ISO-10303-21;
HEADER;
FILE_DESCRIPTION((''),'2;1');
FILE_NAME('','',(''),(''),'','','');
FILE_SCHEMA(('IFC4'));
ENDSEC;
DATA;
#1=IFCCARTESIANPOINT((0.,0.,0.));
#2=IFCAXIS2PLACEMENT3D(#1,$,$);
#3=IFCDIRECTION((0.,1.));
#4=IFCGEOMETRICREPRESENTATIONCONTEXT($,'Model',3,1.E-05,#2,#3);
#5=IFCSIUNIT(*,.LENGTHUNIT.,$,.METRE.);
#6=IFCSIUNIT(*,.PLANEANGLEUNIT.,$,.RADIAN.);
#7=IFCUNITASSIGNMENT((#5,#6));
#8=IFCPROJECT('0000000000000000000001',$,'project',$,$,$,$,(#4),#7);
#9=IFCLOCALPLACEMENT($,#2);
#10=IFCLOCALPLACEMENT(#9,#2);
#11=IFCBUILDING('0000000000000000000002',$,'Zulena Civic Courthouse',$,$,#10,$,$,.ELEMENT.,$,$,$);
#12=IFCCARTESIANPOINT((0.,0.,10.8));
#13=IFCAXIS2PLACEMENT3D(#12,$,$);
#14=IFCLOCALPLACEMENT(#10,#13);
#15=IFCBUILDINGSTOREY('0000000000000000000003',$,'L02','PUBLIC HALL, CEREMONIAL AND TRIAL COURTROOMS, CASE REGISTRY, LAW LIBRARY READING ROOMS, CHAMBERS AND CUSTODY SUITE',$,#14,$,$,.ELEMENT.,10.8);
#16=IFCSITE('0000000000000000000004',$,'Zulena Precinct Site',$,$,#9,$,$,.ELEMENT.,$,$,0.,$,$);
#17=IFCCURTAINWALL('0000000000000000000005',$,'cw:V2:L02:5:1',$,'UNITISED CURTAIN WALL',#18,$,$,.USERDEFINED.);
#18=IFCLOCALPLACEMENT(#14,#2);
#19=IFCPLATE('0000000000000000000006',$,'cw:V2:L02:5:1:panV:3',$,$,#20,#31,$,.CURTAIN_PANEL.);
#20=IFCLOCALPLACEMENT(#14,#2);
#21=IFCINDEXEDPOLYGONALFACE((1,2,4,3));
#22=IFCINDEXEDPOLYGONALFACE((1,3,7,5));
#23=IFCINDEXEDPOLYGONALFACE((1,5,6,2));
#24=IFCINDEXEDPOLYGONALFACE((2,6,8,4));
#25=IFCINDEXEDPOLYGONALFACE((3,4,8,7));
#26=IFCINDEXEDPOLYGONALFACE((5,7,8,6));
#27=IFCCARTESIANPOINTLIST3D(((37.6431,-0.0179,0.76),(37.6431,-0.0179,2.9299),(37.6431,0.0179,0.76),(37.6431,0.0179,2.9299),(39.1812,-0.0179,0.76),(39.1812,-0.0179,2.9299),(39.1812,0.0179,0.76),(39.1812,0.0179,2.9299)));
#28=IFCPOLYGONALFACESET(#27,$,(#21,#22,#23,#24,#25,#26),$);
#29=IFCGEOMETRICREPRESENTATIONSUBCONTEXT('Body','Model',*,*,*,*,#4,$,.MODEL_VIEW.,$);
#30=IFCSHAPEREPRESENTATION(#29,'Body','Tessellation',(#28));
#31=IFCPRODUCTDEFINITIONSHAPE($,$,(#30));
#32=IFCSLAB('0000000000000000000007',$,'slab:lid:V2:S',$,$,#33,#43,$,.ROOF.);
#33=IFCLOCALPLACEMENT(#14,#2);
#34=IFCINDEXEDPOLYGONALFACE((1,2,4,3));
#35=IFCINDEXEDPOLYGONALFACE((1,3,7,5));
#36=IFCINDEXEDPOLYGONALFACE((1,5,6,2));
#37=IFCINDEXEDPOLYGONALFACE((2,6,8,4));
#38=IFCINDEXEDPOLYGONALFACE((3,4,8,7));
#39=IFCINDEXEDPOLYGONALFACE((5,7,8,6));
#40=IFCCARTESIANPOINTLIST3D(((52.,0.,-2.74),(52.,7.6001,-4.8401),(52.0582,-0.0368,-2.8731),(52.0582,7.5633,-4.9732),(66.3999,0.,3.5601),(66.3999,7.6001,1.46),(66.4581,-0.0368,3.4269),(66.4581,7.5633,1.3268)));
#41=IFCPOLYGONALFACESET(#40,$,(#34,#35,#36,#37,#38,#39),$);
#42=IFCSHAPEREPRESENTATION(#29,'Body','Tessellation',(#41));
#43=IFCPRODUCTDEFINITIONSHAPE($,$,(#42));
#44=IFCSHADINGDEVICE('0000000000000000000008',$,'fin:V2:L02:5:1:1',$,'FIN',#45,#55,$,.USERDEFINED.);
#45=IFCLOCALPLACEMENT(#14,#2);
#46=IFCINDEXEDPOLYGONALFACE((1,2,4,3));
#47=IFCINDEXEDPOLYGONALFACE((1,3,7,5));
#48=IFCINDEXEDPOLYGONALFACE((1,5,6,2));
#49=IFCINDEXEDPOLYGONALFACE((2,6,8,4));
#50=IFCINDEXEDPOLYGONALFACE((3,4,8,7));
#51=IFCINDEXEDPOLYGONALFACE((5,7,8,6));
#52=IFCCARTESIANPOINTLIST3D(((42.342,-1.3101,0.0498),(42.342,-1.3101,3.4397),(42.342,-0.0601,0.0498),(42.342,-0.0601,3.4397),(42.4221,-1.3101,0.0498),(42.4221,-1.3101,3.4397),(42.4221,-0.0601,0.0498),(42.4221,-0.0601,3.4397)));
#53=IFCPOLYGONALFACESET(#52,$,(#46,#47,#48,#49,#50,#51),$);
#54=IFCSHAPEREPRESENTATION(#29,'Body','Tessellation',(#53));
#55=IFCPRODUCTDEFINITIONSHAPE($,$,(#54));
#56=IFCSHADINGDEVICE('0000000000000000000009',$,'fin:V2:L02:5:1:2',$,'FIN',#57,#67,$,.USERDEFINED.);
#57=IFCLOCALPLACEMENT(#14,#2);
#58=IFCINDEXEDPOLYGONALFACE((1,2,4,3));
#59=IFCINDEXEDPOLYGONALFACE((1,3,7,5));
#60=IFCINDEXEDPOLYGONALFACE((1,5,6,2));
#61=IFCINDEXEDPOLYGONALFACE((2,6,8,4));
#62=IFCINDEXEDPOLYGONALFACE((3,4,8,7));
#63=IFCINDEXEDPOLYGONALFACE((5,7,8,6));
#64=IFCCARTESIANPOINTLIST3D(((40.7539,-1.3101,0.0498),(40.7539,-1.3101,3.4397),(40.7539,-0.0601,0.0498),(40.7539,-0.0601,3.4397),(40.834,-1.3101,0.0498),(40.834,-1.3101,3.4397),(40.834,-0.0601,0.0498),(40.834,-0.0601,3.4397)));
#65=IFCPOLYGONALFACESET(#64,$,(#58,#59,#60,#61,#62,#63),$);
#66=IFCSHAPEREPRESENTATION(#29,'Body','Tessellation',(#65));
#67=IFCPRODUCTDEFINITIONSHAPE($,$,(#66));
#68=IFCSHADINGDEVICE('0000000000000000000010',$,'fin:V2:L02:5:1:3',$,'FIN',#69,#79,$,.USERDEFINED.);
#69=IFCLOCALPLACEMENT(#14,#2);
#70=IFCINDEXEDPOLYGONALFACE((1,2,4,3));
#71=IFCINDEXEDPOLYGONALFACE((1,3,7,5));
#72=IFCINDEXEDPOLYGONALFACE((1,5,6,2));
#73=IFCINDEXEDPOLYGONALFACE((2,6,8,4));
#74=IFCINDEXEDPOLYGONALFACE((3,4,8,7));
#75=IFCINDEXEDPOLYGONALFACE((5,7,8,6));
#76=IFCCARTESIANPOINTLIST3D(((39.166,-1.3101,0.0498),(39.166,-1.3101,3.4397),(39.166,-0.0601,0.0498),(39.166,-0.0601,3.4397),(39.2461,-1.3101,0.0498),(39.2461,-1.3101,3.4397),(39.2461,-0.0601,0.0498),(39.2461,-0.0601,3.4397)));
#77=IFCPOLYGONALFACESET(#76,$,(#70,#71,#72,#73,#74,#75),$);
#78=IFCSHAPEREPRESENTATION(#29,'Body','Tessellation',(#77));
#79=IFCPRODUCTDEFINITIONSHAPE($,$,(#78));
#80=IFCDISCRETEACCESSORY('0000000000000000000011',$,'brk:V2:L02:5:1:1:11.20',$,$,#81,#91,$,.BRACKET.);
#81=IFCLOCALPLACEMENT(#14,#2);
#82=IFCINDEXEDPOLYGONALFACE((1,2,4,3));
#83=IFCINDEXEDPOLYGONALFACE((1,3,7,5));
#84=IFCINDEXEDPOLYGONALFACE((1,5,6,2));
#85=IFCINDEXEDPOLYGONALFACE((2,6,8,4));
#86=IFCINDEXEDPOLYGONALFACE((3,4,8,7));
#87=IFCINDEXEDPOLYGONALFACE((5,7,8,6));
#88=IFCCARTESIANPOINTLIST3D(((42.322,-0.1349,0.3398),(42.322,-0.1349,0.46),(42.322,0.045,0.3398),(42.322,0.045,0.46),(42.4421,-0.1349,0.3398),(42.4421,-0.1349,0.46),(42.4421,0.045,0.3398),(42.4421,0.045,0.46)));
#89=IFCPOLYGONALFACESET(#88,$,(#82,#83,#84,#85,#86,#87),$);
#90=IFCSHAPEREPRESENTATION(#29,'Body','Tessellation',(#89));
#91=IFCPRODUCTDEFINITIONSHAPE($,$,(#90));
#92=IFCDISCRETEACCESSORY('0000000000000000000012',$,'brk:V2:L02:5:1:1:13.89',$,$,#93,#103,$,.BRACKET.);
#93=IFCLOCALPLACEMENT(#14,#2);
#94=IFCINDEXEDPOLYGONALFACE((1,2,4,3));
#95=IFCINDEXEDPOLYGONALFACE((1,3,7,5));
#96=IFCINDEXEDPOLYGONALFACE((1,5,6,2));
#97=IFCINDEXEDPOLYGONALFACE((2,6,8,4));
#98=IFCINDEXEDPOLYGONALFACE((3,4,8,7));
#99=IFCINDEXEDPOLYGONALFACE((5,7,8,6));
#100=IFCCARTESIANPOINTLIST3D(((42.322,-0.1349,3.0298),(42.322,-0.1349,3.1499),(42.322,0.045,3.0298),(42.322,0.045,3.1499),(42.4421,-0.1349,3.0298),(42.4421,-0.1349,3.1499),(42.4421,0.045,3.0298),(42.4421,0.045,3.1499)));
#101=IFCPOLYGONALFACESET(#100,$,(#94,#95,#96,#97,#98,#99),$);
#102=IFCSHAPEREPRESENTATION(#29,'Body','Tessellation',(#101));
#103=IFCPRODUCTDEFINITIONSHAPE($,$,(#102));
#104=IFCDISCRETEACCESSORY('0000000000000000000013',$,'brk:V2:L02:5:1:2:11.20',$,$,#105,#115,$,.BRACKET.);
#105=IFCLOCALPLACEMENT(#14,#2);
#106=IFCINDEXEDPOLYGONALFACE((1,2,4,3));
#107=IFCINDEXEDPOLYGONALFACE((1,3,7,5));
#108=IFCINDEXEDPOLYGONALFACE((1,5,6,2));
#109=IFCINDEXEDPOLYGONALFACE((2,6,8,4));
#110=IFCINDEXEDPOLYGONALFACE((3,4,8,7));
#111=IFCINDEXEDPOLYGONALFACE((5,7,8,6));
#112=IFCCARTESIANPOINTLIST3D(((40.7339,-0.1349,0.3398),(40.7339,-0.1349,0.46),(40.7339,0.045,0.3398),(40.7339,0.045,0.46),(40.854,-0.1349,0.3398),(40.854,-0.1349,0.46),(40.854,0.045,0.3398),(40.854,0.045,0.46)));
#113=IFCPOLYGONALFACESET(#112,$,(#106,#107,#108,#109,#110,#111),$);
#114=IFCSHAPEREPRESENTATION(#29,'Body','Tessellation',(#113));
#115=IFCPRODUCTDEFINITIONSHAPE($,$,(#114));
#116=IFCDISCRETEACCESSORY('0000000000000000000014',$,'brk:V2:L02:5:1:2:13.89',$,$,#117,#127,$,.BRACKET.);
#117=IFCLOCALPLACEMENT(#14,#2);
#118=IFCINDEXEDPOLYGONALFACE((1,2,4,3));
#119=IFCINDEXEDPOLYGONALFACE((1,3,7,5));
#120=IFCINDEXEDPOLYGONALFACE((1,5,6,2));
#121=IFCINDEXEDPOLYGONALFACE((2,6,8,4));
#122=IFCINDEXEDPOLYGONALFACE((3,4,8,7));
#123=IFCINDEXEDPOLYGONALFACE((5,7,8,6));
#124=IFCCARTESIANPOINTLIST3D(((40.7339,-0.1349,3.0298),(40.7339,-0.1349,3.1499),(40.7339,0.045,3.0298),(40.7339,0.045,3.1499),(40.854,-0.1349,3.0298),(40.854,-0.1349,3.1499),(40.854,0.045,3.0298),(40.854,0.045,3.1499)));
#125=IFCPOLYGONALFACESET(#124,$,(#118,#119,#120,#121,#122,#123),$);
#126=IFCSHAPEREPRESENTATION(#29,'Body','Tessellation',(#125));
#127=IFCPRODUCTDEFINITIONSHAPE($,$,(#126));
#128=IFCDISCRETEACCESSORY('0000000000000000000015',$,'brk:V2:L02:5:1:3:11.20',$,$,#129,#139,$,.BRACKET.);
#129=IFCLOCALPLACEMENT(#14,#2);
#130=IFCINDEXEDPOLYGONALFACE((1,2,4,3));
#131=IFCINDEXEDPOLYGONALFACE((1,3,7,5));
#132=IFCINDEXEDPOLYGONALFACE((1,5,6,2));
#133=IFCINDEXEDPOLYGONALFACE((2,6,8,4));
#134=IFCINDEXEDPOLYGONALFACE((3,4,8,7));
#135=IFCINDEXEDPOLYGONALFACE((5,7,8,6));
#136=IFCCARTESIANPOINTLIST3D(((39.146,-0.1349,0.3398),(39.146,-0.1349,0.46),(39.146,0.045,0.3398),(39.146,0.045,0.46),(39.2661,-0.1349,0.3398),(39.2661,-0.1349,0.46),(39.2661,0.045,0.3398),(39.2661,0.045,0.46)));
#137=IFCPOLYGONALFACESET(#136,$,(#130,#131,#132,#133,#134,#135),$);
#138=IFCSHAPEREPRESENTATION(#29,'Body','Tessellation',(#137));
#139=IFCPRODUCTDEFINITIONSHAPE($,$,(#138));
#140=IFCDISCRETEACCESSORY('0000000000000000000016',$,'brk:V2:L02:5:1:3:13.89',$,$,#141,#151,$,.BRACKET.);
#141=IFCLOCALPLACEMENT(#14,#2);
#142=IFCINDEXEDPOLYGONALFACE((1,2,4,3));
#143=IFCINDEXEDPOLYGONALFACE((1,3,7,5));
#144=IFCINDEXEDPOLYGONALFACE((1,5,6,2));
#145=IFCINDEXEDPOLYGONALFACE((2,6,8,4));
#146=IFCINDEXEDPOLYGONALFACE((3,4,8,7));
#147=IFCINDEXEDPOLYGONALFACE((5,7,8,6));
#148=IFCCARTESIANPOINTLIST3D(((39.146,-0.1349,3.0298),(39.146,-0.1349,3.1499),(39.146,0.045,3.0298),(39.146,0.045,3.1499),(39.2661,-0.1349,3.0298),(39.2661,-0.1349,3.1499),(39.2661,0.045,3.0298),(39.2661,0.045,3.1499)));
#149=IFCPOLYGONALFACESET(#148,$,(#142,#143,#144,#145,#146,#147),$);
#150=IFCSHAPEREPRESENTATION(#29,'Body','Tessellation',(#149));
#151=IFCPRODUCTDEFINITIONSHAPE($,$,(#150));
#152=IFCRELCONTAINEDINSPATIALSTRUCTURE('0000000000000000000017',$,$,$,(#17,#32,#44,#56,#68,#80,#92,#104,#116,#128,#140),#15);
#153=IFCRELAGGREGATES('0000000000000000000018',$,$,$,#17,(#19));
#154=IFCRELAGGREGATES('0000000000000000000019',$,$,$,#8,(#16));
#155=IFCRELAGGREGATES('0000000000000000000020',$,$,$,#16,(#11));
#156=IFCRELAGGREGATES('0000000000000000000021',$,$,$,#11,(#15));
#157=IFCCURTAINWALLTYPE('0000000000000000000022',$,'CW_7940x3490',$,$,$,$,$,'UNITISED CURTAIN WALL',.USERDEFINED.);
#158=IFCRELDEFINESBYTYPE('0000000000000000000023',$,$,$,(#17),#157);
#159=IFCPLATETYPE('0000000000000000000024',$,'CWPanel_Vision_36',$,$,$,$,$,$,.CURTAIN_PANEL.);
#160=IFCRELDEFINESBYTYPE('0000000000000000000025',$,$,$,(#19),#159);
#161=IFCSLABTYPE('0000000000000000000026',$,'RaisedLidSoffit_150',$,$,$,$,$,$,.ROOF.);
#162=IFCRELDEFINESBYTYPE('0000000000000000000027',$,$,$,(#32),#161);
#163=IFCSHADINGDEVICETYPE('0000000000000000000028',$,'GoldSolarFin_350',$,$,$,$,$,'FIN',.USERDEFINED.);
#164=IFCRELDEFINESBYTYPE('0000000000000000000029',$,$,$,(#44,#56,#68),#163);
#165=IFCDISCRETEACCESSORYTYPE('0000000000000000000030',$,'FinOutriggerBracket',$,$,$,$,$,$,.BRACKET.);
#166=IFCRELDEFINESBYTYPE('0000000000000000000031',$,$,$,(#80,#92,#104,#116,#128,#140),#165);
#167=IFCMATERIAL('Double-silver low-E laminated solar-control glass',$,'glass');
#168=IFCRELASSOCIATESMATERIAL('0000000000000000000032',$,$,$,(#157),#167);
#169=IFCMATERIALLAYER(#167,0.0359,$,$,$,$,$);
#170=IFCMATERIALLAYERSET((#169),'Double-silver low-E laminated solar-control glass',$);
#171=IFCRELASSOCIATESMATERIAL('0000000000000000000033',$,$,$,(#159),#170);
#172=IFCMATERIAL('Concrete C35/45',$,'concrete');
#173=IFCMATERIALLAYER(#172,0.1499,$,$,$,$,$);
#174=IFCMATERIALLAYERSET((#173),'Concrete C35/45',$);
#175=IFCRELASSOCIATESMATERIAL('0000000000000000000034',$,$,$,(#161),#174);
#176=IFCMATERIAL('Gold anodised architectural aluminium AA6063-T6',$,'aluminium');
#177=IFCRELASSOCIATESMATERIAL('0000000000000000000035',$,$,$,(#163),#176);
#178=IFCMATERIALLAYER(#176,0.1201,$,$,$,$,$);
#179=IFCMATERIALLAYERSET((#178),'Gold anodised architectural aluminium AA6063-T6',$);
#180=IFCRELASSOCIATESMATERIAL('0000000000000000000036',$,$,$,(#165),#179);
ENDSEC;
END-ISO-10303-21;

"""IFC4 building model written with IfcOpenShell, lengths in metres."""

from ifc_helpers import new_model, si_unit, direction, frame, origin, origin_2d, place, context, subcontext, project, spatial, polyline, rectangle, outline, extrude, material, layer, layer_set, type_object, element, aggregate, save


model = new_model("IFC4")

# Units and contexts
model_context = context("Model", 3, precision=1e-05, world=origin(), true_north=direction((0.0, 1.0)))
body_context = subcontext(model_context, "Body", "Model", "MODEL_VIEW")
ifc_project = project(units=[si_unit("LENGTHUNIT", "METRE"), si_unit("PLANEANGLEUNIT", "RADIAN")], contexts=[model_context])

# Site, building, storey
site_placement = place(None, origin())
site = spatial("IfcSite", under=ifc_project, at=site_placement, Name="Zulena Precinct Site", CompositionType="ELEMENT", RefElevation=0.0)
building_placement = place(site_placement, origin())
building = spatial("IfcBuilding", under=site, at=building_placement, Name="Zulena Civic Courthouse", CompositionType="ELEMENT")
storey_placement = place(building_placement, frame((0.0, 0.0, 10.8)))
storey = spatial("IfcBuildingStorey", under=building, at=storey_placement, Name="L02", Description="PUBLIC HALL, CEREMONIAL AND TRIAL COURTROOMS, CASE REGISTRY, LAW LIBRARY READING ROOMS, CHAMBERS AND CUSTODY SUITE", CompositionType="ELEMENT", Elevation=10.8)

# Curtain wall
ifc_material_1 = material(Name="Double-silver low-E laminated solar-control glass", Category="glass")
curtain_wall_type = type_object("IfcCurtainWallType", Name="CW_7940x3490", ElementType="UNITISED CURTAIN WALL", PredefinedType="USERDEFINED", material=ifc_material_1)
curtain_wall_placement = place(storey_placement, origin())
curtain_wall = element("IfcCurtainWall", 1, at=curtain_wall_placement, inside=storey, type_object=curtain_wall_type, Name="cw:V2:L02:5:1", ObjectType="UNITISED CURTAIN WALL", PredefinedType="USERDEFINED")

# Plate
ifc_layer_1 = layer(ifc_material_1, 0.0359)
ifc_layer_set_1 = layer_set([ifc_layer_1], Name="Double-silver low-E laminated solar-control glass")
plate_type_1 = type_object("IfcPlateType", Name="CWPanel_Vision_36", PredefinedType="CURTAIN_PANEL", material=ifc_layer_set_1)
plate_1_placement = place(storey_placement, frame((38.4121, 0.0, 0.76), z_axis=(0.0, 0.0, 1.0), x_axis=(-1.0, 0.0, 0.0)))
plate_1 = element("IfcPlate", 2, at=plate_1_placement, type_object=plate_type_1, Name="cw:V2:L02:5:1:panV:3", PredefinedType="CURTAIN_PANEL", context=body_context, shape_type="SweptSolid", body=[
    extrude(rectangle(XDim=1.5381, YDim=0.0359, at=origin_2d()), origin(), (0.0, 0.0, 1.0), 2.1699),
])
aggregate(curtain_wall, [plate_1])

# Slab
ifc_material_2 = material(Name="Concrete C35/45", Category="concrete")
ifc_layer_2 = layer(ifc_material_2, 0.1499)
ifc_layer_set_2 = layer_set([ifc_layer_2], Name="Concrete C35/45")
slab_type = type_object("IfcSlabType", Name="RaisedLidSoffit_150", PredefinedType="ROOF", material=ifc_layer_set_2)
slab_placement = place(storey_placement, frame((52.0, 0.0, -2.74), z_axis=(-0.388566, 0.245415, 0.888138), x_axis=(0.916155, 0.0, 0.400824)))
element("IfcSlab", 3, at=slab_placement, inside=storey, type_object=slab_type, Name="slab:lid:V2:S", PredefinedType="ROOF", context=body_context, shape_type="SweptSolid", body=[
    extrude(outline(polyline([(0.0, 0.0), (15.7178, 0.0), (14.876, 7.8399), (-0.8418, 7.8399), (0.0, 0.0)])), origin(), (0.0, 0.0, -1.0), 0.1499),
])

# Shading devices
ifc_material_3 = material(Name="Gold anodised architectural aluminium AA6063-T6", Category="aluminium")
shading_device_type = type_object("IfcShadingDeviceType", Name="GoldSolarFin_350", ElementType="FIN", PredefinedType="USERDEFINED", material=ifc_material_3)
for number, where, z_axis, x_axis, name in (
    (4, (42.3821, -0.6851, 0.0498), (0.0, 0.0, 1.0), (0.0, -1.0, 0.0), "fin:V2:L02:5:1:1"),
    (5, (40.7939, -0.6851, 0.0498), (0.0, 0.0, 1.0), (0.0, -1.0, 0.0), "fin:V2:L02:5:1:2"),
    (6, (39.2061, -0.6851, 0.0498), (0.0, 0.0, 1.0), (0.0, -1.0, 0.0), "fin:V2:L02:5:1:3"),
):
    element("IfcShadingDevice", number, at=place(storey_placement, frame(where, z_axis=z_axis, x_axis=x_axis)), inside=storey, type_object=shading_device_type, Name=name, ObjectType="FIN", PredefinedType="USERDEFINED", context=body_context, shape_type="SweptSolid", body=[
        extrude(rectangle(XDim=1.25, YDim=0.0801, at=origin_2d()), origin(), (0.0, 0.0, 1.0), 3.3899),
    ])

# Discrete accessories
ifc_layer_3 = layer(ifc_material_3, 0.1201)
ifc_layer_set_3 = layer_set([ifc_layer_3], Name="Gold anodised architectural aluminium AA6063-T6")
discrete_accessory_type = type_object("IfcDiscreteAccessoryType", Name="FinOutriggerBracket", PredefinedType="BRACKET", material=ifc_layer_set_3)
for number, where, z_axis, x_axis, name in (
    (7, (42.3821, -0.0449, 0.3398), (0.0, 0.0, 1.0), (0.0, -1.0, 0.0), "brk:V2:L02:5:1:1:11.20"),
    (8, (42.3821, -0.0449, 3.0298), (0.0, 0.0, 1.0), (0.0, -1.0, 0.0), "brk:V2:L02:5:1:1:13.89"),
    (9, (40.7939, -0.0449, 0.3398), (0.0, 0.0, 1.0), (0.0, -1.0, 0.0), "brk:V2:L02:5:1:2:11.20"),
    (10, (40.7939, -0.0449, 3.0298), (0.0, 0.0, 1.0), (0.0, -1.0, 0.0), "brk:V2:L02:5:1:2:13.89"),
    (11, (39.2061, -0.0449, 0.3398), (0.0, 0.0, 1.0), (0.0, -1.0, 0.0), "brk:V2:L02:5:1:3:11.20"),
    (12, (39.2061, -0.0449, 3.0298), (0.0, 0.0, 1.0), (0.0, -1.0, 0.0), "brk:V2:L02:5:1:3:13.89"),
):
    element("IfcDiscreteAccessory", number, at=place(storey_placement, frame(where, z_axis=z_axis, x_axis=x_axis)), inside=storey, type_object=discrete_accessory_type, Name=name, PredefinedType="BRACKET", context=body_context, shape_type="SweptSolid", body=[
        extrude(rectangle(XDim=0.1799, YDim=0.1201, at=origin_2d()), origin(), (0.0, 0.0, 1.0), 0.1201),
    ])

save(model, "model.ifc")
